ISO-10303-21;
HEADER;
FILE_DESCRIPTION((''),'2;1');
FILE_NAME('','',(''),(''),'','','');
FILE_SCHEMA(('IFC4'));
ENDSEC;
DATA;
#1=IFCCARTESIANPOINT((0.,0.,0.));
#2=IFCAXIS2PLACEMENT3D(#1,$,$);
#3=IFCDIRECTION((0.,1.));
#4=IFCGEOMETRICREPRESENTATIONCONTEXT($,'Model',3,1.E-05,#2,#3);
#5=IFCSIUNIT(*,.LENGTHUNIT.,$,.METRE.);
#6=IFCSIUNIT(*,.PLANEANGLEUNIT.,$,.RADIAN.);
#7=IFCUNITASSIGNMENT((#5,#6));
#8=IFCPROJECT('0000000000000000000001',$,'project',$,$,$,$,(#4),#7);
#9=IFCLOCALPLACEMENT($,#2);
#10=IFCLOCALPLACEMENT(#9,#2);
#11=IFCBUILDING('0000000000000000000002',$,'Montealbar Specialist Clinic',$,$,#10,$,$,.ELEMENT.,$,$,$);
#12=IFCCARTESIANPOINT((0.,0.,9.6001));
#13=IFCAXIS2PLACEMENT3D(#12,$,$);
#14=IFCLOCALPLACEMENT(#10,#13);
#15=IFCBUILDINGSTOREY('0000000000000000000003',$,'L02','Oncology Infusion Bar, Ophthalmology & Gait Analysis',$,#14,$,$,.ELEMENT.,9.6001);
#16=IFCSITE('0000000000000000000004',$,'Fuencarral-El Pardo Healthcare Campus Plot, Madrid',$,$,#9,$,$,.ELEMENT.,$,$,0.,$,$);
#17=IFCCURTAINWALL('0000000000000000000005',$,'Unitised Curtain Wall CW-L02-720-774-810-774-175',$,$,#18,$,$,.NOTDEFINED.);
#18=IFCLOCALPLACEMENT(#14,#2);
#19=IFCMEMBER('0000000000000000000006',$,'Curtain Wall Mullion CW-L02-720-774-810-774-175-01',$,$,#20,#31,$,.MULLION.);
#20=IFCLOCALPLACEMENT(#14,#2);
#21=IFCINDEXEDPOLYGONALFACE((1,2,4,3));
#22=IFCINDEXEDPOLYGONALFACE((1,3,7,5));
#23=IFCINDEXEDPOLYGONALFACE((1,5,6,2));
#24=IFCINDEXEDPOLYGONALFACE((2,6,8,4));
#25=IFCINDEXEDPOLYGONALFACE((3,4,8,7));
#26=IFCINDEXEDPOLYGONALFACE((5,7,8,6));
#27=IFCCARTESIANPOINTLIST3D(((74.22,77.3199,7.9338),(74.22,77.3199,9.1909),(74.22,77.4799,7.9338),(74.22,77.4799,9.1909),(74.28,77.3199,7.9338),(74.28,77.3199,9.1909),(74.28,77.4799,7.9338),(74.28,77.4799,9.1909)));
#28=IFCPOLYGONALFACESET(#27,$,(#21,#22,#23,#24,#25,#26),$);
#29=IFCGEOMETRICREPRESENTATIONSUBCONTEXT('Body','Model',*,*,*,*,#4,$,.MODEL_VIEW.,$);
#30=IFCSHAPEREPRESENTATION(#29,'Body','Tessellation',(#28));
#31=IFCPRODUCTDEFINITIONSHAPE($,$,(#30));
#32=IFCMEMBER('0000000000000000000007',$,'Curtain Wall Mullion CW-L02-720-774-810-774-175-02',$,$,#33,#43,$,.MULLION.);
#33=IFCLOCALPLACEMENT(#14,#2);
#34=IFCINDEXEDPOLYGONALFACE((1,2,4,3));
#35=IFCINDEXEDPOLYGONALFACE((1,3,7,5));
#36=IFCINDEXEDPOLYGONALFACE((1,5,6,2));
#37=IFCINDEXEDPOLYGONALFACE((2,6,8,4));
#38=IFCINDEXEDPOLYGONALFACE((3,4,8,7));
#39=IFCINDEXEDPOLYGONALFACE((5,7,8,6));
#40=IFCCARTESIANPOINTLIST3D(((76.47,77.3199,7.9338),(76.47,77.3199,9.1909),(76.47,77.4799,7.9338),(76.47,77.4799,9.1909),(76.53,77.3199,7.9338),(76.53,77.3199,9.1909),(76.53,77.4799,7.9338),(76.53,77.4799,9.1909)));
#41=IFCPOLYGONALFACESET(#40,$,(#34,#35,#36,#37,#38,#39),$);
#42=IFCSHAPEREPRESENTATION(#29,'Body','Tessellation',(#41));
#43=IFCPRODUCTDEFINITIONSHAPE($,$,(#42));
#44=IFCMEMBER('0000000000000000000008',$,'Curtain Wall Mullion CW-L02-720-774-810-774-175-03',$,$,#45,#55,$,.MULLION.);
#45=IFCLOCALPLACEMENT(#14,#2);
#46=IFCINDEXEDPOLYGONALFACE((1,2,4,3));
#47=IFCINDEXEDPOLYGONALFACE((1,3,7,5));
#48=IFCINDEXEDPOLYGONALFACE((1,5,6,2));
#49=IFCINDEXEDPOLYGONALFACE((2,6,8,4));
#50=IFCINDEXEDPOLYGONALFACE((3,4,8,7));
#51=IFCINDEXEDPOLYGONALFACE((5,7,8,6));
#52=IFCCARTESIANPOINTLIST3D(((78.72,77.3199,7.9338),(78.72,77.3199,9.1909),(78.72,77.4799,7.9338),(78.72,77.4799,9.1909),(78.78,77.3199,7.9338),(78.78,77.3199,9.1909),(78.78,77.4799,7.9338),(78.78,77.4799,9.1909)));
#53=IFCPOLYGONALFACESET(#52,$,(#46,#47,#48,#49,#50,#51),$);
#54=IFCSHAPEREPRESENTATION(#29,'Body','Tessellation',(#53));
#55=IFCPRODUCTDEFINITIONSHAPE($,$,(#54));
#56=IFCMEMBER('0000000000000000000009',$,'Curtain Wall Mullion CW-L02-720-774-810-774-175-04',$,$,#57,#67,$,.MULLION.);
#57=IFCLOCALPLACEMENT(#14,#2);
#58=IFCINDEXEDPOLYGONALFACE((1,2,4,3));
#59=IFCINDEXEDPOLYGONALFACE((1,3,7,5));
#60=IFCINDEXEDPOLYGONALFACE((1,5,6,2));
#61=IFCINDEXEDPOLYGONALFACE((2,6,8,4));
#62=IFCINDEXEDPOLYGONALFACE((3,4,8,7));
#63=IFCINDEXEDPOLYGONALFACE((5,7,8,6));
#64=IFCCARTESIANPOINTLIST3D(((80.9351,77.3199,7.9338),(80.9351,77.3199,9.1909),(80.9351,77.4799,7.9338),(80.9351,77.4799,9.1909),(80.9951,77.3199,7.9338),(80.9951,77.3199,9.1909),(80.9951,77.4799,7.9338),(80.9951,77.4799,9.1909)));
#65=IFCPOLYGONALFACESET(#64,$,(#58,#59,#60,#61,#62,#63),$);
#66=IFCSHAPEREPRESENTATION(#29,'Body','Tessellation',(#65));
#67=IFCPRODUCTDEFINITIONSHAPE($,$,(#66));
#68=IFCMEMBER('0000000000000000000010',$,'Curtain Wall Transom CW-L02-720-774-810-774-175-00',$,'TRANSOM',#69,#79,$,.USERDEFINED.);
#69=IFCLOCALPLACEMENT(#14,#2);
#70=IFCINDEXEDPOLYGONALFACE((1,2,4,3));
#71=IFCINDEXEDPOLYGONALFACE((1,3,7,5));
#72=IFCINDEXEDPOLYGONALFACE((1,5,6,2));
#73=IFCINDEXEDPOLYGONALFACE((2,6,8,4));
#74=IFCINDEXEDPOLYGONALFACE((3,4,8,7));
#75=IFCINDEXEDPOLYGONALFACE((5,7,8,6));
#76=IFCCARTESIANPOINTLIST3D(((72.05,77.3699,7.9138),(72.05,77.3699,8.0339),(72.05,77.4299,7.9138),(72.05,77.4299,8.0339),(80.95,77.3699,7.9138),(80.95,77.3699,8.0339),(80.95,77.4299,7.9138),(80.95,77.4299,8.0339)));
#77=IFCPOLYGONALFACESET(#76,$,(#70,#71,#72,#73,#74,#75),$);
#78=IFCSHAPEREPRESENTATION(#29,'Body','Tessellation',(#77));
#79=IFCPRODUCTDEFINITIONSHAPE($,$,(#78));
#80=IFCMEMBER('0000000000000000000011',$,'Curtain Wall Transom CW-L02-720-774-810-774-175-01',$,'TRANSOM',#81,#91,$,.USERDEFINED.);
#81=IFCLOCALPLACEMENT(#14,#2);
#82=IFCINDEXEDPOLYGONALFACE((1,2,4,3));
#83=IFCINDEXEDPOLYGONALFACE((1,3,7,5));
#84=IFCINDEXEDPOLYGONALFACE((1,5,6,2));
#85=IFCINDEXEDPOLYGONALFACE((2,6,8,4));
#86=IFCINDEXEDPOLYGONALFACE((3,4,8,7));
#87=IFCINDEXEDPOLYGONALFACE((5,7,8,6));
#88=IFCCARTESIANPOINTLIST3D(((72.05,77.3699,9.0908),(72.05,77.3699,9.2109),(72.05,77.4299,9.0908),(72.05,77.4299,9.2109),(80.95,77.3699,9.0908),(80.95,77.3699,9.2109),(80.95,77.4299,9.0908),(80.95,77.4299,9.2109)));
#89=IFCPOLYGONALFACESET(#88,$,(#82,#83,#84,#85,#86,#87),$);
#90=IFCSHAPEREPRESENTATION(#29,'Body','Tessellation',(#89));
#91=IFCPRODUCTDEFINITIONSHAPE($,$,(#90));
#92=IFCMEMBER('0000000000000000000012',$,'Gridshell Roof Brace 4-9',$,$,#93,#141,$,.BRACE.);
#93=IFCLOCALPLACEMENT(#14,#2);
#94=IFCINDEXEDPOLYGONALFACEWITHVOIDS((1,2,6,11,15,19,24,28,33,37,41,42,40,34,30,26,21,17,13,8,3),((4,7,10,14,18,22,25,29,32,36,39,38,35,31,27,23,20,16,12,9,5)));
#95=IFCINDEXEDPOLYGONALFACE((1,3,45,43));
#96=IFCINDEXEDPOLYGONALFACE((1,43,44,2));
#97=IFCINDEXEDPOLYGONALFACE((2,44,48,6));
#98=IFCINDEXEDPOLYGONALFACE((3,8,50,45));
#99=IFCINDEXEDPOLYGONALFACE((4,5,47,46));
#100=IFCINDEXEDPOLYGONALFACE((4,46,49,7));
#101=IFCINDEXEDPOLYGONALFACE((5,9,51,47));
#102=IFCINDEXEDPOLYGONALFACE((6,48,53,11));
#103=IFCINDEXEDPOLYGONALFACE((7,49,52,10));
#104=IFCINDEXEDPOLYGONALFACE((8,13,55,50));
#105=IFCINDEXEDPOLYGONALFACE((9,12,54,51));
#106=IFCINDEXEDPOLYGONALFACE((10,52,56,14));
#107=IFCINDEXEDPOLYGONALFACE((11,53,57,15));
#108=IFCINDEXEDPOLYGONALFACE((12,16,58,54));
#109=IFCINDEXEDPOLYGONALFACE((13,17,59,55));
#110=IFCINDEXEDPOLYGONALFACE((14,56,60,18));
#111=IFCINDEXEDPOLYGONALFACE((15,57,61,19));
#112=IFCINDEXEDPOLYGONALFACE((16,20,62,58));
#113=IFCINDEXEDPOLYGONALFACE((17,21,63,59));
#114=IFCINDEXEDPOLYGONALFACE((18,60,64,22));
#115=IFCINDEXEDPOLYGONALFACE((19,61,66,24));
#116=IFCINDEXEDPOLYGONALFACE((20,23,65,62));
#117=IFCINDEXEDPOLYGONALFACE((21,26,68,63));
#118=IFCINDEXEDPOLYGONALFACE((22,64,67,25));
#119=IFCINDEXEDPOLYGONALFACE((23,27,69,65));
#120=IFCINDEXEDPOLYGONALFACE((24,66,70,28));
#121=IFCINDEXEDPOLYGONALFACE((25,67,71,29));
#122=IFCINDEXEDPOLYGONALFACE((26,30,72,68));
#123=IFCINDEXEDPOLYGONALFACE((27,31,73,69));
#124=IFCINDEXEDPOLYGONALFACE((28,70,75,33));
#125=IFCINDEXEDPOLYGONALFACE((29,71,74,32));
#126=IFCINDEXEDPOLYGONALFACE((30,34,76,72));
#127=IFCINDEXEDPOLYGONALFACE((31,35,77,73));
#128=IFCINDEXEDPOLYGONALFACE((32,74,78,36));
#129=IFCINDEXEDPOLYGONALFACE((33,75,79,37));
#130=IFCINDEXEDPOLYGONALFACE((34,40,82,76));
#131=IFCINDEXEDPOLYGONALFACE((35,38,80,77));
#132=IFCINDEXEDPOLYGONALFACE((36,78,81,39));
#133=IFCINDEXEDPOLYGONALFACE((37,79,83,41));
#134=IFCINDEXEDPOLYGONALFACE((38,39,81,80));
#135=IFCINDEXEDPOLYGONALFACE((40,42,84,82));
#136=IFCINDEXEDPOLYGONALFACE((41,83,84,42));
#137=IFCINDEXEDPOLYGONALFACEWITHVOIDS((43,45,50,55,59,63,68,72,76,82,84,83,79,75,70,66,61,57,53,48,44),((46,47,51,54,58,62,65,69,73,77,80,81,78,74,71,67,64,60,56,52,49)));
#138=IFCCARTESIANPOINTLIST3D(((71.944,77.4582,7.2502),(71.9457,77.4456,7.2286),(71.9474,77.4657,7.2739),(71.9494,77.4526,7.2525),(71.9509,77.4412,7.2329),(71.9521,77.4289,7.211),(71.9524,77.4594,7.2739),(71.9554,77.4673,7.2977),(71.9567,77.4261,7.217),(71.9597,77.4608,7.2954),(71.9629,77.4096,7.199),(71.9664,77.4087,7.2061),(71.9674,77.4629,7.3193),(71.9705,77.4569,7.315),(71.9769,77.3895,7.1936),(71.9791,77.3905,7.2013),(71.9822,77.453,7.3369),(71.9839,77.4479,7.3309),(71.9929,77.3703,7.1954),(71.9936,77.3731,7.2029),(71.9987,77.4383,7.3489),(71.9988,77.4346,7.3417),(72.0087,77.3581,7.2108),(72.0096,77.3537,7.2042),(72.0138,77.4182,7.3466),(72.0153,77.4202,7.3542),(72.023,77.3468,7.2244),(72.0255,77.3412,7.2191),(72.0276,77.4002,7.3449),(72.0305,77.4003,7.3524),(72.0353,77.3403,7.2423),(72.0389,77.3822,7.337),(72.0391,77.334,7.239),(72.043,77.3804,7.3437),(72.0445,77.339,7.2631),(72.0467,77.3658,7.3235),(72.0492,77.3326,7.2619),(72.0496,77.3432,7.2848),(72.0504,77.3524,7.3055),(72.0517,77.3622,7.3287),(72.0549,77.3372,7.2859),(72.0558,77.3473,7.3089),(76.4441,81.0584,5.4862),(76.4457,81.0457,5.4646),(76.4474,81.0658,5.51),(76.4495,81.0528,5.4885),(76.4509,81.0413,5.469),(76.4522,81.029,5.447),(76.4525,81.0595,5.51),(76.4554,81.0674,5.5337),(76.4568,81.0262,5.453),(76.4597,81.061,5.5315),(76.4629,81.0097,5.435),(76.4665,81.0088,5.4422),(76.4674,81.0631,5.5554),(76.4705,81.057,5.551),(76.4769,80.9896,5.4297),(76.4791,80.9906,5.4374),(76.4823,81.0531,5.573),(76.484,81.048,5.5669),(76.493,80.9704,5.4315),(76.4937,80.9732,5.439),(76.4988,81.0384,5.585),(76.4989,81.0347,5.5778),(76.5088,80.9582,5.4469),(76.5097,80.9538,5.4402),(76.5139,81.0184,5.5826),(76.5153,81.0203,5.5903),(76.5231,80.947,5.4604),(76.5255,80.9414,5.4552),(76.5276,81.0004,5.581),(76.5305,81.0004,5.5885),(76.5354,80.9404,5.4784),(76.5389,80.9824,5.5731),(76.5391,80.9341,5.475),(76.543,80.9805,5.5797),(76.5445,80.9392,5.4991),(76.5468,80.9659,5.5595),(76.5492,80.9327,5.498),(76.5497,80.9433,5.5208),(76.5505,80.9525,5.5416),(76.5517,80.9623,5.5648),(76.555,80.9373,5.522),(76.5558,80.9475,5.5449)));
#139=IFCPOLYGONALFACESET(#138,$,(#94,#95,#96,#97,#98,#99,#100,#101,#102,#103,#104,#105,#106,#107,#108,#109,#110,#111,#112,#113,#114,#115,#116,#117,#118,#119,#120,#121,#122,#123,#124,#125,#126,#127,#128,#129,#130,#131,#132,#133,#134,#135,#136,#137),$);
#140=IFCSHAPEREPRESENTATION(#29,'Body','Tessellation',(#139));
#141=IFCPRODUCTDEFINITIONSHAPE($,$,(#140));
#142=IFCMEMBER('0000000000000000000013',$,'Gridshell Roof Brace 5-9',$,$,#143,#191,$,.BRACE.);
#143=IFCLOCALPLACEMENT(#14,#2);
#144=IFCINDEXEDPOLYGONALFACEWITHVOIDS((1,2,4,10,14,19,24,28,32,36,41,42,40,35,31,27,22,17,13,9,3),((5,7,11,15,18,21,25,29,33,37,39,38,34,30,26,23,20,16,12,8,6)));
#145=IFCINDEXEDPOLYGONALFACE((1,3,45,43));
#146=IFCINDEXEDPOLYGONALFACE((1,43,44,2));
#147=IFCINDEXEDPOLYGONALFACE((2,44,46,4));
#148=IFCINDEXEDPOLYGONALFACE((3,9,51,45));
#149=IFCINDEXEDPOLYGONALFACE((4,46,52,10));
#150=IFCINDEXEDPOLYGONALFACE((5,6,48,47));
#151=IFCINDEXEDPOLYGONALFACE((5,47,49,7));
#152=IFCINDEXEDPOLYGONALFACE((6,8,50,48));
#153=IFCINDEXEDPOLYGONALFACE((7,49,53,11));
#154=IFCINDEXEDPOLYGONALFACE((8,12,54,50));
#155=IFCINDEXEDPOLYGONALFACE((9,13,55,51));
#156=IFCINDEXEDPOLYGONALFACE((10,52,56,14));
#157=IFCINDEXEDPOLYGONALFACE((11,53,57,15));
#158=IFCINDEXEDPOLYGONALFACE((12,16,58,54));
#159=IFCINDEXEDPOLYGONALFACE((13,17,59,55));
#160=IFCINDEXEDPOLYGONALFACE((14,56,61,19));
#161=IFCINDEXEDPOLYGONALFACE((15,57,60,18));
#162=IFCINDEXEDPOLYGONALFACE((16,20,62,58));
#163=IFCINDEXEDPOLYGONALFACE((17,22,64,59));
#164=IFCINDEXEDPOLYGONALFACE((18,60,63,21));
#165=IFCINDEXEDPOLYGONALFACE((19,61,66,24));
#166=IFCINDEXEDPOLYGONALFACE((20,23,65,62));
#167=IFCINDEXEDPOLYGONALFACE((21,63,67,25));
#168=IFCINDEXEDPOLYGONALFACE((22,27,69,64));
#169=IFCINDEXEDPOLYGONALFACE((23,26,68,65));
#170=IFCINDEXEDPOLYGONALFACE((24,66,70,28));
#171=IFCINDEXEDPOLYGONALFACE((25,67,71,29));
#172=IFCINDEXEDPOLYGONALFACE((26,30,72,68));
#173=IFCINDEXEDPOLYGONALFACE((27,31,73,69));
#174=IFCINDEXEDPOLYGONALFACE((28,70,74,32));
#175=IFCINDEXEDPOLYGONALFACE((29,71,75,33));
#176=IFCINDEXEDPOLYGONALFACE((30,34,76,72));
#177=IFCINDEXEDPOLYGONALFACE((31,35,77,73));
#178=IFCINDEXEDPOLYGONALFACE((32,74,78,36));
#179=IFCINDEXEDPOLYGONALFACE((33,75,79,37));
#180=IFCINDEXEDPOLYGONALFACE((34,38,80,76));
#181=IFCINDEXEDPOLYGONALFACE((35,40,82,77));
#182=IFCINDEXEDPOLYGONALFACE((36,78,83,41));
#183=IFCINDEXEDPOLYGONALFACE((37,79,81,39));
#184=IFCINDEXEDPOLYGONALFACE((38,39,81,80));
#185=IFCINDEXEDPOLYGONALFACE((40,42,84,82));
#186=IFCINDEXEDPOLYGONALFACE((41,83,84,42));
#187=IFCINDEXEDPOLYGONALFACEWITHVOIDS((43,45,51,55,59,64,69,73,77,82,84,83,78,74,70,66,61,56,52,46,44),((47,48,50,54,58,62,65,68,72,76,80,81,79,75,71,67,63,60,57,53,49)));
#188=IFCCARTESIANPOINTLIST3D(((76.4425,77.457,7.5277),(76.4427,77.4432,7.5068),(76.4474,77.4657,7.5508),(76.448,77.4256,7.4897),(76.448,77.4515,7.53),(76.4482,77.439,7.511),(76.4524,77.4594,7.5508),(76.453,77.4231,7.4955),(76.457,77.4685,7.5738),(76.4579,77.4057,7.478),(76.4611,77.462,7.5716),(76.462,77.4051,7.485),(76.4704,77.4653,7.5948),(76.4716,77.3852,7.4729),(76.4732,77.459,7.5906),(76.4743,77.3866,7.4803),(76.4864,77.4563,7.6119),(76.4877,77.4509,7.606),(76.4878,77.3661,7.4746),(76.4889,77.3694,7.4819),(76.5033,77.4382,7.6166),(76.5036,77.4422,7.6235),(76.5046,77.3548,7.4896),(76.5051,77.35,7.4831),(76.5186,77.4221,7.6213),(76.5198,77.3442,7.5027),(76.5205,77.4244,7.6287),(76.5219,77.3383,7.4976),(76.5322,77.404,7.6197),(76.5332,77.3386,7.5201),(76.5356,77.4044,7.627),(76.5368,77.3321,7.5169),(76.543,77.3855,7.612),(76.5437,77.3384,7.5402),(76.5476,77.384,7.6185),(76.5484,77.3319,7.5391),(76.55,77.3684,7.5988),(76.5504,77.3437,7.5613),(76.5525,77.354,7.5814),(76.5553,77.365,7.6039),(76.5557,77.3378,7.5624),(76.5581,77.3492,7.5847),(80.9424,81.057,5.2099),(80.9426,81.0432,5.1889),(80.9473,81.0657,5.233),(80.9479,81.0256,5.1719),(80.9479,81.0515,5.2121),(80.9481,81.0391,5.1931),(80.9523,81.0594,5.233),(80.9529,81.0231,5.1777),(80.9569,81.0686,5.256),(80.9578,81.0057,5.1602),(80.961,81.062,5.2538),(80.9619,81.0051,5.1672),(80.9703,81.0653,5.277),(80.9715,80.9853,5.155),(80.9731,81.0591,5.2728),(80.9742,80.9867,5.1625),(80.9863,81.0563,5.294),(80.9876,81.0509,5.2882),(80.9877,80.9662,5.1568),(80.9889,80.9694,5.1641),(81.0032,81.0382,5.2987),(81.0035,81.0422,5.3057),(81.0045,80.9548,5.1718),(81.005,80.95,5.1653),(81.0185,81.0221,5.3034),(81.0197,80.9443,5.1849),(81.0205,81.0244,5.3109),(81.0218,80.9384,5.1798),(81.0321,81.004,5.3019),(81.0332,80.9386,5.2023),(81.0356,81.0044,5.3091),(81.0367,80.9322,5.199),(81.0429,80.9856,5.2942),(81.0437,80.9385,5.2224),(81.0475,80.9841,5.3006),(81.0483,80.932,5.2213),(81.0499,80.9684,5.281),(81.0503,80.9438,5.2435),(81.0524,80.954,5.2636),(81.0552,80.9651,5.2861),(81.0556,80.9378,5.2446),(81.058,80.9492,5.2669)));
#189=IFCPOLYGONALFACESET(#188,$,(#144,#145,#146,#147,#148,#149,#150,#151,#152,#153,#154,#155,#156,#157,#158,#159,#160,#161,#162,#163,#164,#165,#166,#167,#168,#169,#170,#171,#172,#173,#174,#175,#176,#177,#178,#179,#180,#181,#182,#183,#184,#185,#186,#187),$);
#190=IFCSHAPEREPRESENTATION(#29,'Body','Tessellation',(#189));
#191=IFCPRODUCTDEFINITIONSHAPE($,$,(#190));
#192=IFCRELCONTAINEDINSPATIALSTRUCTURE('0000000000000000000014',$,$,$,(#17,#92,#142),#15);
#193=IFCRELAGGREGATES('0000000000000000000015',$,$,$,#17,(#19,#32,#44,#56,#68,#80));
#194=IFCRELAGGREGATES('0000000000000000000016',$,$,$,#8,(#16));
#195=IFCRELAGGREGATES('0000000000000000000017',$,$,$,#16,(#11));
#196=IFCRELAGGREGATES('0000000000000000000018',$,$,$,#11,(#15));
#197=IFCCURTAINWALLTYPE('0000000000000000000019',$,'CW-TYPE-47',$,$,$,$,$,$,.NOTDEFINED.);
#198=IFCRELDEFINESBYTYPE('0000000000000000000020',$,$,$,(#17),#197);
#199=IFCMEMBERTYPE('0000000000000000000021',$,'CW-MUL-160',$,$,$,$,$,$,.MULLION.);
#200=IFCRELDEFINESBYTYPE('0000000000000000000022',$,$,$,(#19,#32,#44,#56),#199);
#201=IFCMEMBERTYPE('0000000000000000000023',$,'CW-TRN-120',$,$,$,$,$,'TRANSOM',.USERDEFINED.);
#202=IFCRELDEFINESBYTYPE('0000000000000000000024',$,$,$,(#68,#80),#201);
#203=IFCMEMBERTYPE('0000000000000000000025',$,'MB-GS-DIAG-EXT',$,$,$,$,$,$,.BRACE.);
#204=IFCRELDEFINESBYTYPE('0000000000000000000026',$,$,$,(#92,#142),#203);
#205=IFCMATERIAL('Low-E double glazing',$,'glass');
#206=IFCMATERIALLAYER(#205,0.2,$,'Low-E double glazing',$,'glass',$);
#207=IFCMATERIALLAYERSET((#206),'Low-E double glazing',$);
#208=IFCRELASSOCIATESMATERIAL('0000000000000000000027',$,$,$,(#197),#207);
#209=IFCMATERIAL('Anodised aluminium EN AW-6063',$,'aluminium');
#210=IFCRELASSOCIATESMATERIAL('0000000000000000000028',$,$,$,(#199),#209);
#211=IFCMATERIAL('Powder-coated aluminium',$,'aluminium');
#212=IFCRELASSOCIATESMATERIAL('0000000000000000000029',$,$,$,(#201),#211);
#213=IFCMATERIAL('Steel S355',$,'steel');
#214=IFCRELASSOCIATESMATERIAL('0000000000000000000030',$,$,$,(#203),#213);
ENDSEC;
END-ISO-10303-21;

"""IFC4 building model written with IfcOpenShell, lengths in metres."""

from ifc_helpers import new_model, si_unit, direction, frame, origin, origin_2d, place, context, subcontext, project, spatial, rectangle, hollow_circle, extrude, material, layer, layer_set, material_profile, profile_set, type_object, element, aggregate, save


model = new_model("IFC4")

# Units and contexts
model_context = context("Model", 3, precision=1e-05, world=origin(), true_north=direction((0.0, 1.0)))
body_context = subcontext(model_context, "Body", "Model", "MODEL_VIEW")
ifc_project = project(units=[si_unit("LENGTHUNIT", "METRE"), si_unit("PLANEANGLEUNIT", "RADIAN")], contexts=[model_context])

# Site, building, storey
site_placement = place(None, origin())
site = spatial("IfcSite", under=ifc_project, at=site_placement, Name="Fuencarral-El Pardo Healthcare Campus Plot, Madrid", CompositionType="ELEMENT", RefElevation=0.0)
building_placement = place(site_placement, origin())
building = spatial("IfcBuilding", under=site, at=building_placement, Name="Montealbar Specialist Clinic", CompositionType="ELEMENT")
storey_placement = place(building_placement, frame((0.0, 0.0, 9.6001)))
storey = spatial("IfcBuildingStorey", under=building, at=storey_placement, Name="L02", Description="Oncology Infusion Bar, Ophthalmology & Gait Analysis", CompositionType="ELEMENT", Elevation=9.6001)

# Shared definitions
ifc_material_1 = material(Name="Steel S355", Category="steel")

# Curtain wall, members
ifc_material_2 = material(Name="Low-E double glazing", Category="glass")
ifc_layer_1 = layer(ifc_material_2, 0.2, Name="Low-E double glazing", Category="glass")
ifc_layer_set_1 = layer_set([ifc_layer_1], Name="Low-E double glazing")
curtain_wall_type = type_object("IfcCurtainWallType", Name="CW-TYPE-47", PredefinedType="NOTDEFINED", material=ifc_layer_set_1)
curtain_wall_placement = place(storey_placement, origin())
curtain_wall = element("IfcCurtainWall", 1, at=curtain_wall_placement, inside=storey, type_object=curtain_wall_type, Name="Unitised Curtain Wall CW-L02-720-774-810-774-175", PredefinedType="NOTDEFINED")
ifc_material_3 = material(Name="Anodised aluminium EN AW-6063", Category="aluminium")
ifc_material_profile_1 = material_profile(ifc_material_3, rectangle(XDim=0.0601, YDim=0.1599, at=origin_2d()), Name="ALU 60x160", Category="aluminium")
ifc_profile_set_1 = profile_set([ifc_material_profile_1], Name="Anodised aluminium EN AW-6063")
member_type_1 = type_object("IfcMemberType", Name="CW-MUL-160", PredefinedType="MULLION", material=ifc_profile_set_1)
member_1_placement = place(storey_placement, frame((74.25, 77.3999, 7.9338), z_axis=(0.0, 0.0, 1.0), x_axis=(1.0, 0.0, 0.0)))
member_1 = element("IfcMember", 2, at=member_1_placement, type_object=member_type_1, Name="Curtain Wall Mullion CW-L02-720-774-810-774-175-01", PredefinedType="MULLION", context=body_context, shape_type="SweptSolid", body=[
    extrude(rectangle(XDim=0.0601, YDim=0.1599, at=origin_2d()), origin(), (0.0, 0.0, 1.0), 1.2571),
])
member_2_placement = place(storey_placement, frame((76.5, 77.3999, 7.9338), z_axis=(0.0, 0.0, 1.0), x_axis=(1.0, 0.0, 0.0)))
member_2 = element("IfcMember", 3, at=member_2_placement, type_object=member_type_1, Name="Curtain Wall Mullion CW-L02-720-774-810-774-175-02", PredefinedType="MULLION", context=body_context, shape_type="SweptSolid", body=[
    extrude(rectangle(XDim=0.0601, YDim=0.1599, at=origin_2d()), origin(), (0.0, 0.0, 1.0), 1.2571),
])
member_3_placement = place(storey_placement, frame((78.75, 77.3999, 7.9338), z_axis=(0.0, 0.0, 1.0), x_axis=(1.0, 0.0, 0.0)))
member_3 = element("IfcMember", 4, at=member_3_placement, type_object=member_type_1, Name="Curtain Wall Mullion CW-L02-720-774-810-774-175-03", PredefinedType="MULLION", context=body_context, shape_type="SweptSolid", body=[
    extrude(rectangle(XDim=0.0601, YDim=0.1599, at=origin_2d()), origin(), (0.0, 0.0, 1.0), 1.2571),
])
member_4_placement = place(storey_placement, frame((80.9651, 77.3999, 7.9338), z_axis=(0.0, 0.0, 1.0), x_axis=(1.0, 0.0, 0.0)))
member_4 = element("IfcMember", 5, at=member_4_placement, type_object=member_type_1, Name="Curtain Wall Mullion CW-L02-720-774-810-774-175-04", PredefinedType="MULLION", context=body_context, shape_type="SweptSolid", body=[
    extrude(rectangle(XDim=0.0601, YDim=0.1599, at=origin_2d()), origin(), (0.0, 0.0, 1.0), 1.2571),
])
ifc_material_4 = material(Name="Powder-coated aluminium", Category="aluminium")
ifc_material_profile_2 = material_profile(ifc_material_4, rectangle(XDim=0.0601, YDim=0.1201, at=origin_2d()), Name="ALU 60x120", Category="aluminium")
ifc_profile_set_2 = profile_set([ifc_material_profile_2], Name="Powder-coated aluminium")
member_type_2 = type_object("IfcMemberType", Name="CW-TRN-120", ElementType="TRANSOM", PredefinedType="USERDEFINED", material=ifc_profile_set_2)
member_5_placement = place(storey_placement, frame((72.05, 77.3999, 7.9739), z_axis=(1.0, 0.0, 0.0), x_axis=(0.0, 1.0, 0.0)))
member_5 = element("IfcMember", 6, at=member_5_placement, type_object=member_type_2, Name="Curtain Wall Transom CW-L02-720-774-810-774-175-00", ObjectType="TRANSOM", PredefinedType="USERDEFINED", context=body_context, shape_type="SweptSolid", body=[
    extrude(rectangle(XDim=0.0601, YDim=0.1201, at=origin_2d()), origin(), (0.0, 0.0, 1.0), 8.8999),
])
member_6_placement = place(storey_placement, frame((72.05, 77.3999, 9.1509), z_axis=(1.0, 0.0, 0.0), x_axis=(0.0, 1.0, 0.0)))
member_6 = element("IfcMember", 7, at=member_6_placement, type_object=member_type_2, Name="Curtain Wall Transom CW-L02-720-774-810-774-175-01", ObjectType="TRANSOM", PredefinedType="USERDEFINED", context=body_context, shape_type="SweptSolid", body=[
    extrude(rectangle(XDim=0.0601, YDim=0.1201, at=origin_2d()), origin(), (0.0, 0.0, 1.0), 8.8999),
])

# Members
ifc_material_profile_3 = material_profile(ifc_material_1, hollow_circle(Radius=0.0842, WallThickness=0.0081, at=origin_2d()), Name="CHS 168.3x8.0", Category="steel")
ifc_profile_set_3 = profile_set([ifc_material_profile_3], Name="Steel S355")
member_type_3 = type_object("IfcMemberType", Name="MB-GS-DIAG-EXT", PredefinedType="BRACE", material=ifc_profile_set_3)
member_7_placement = place(storey_placement, frame((72.0, 77.3999, 7.2739), z_axis=(0.746667, 0.59735, -0.29268), x_axis=(-0.624705, 0.780861, 0.0)))
element("IfcMember", 8, at=member_7_placement, inside=storey, type_object=member_type_3, Name="Gridshell Roof Brace 4-9", PredefinedType="BRACE", context=body_context, shape_type="SweptSolid", body=[
    extrude(hollow_circle(Radius=0.0842, WallThickness=0.0081, at=origin_2d()), origin(), (0.0, 0.0, 1.0), 6.0269),
])
member_8_placement = place(storey_placement, frame((76.5, 77.3999, 7.5508), z_axis=(0.724458, 0.579582, -0.373156), x_axis=(-0.624705, 0.780861, 0.0)))
element("IfcMember", 9, at=member_8_placement, inside=storey, type_object=member_type_3, Name="Gridshell Roof Brace 5-9", PredefinedType="BRACE", context=body_context, shape_type="SweptSolid", body=[
    extrude(hollow_circle(Radius=0.0842, WallThickness=0.0081, at=origin_2d()), origin(), (0.0, 0.0, 1.0), 6.2114),
])

aggregate(curtain_wall, [member_1, member_2, member_3, member_4, member_5, member_6])

save(model, "model.ifc")
